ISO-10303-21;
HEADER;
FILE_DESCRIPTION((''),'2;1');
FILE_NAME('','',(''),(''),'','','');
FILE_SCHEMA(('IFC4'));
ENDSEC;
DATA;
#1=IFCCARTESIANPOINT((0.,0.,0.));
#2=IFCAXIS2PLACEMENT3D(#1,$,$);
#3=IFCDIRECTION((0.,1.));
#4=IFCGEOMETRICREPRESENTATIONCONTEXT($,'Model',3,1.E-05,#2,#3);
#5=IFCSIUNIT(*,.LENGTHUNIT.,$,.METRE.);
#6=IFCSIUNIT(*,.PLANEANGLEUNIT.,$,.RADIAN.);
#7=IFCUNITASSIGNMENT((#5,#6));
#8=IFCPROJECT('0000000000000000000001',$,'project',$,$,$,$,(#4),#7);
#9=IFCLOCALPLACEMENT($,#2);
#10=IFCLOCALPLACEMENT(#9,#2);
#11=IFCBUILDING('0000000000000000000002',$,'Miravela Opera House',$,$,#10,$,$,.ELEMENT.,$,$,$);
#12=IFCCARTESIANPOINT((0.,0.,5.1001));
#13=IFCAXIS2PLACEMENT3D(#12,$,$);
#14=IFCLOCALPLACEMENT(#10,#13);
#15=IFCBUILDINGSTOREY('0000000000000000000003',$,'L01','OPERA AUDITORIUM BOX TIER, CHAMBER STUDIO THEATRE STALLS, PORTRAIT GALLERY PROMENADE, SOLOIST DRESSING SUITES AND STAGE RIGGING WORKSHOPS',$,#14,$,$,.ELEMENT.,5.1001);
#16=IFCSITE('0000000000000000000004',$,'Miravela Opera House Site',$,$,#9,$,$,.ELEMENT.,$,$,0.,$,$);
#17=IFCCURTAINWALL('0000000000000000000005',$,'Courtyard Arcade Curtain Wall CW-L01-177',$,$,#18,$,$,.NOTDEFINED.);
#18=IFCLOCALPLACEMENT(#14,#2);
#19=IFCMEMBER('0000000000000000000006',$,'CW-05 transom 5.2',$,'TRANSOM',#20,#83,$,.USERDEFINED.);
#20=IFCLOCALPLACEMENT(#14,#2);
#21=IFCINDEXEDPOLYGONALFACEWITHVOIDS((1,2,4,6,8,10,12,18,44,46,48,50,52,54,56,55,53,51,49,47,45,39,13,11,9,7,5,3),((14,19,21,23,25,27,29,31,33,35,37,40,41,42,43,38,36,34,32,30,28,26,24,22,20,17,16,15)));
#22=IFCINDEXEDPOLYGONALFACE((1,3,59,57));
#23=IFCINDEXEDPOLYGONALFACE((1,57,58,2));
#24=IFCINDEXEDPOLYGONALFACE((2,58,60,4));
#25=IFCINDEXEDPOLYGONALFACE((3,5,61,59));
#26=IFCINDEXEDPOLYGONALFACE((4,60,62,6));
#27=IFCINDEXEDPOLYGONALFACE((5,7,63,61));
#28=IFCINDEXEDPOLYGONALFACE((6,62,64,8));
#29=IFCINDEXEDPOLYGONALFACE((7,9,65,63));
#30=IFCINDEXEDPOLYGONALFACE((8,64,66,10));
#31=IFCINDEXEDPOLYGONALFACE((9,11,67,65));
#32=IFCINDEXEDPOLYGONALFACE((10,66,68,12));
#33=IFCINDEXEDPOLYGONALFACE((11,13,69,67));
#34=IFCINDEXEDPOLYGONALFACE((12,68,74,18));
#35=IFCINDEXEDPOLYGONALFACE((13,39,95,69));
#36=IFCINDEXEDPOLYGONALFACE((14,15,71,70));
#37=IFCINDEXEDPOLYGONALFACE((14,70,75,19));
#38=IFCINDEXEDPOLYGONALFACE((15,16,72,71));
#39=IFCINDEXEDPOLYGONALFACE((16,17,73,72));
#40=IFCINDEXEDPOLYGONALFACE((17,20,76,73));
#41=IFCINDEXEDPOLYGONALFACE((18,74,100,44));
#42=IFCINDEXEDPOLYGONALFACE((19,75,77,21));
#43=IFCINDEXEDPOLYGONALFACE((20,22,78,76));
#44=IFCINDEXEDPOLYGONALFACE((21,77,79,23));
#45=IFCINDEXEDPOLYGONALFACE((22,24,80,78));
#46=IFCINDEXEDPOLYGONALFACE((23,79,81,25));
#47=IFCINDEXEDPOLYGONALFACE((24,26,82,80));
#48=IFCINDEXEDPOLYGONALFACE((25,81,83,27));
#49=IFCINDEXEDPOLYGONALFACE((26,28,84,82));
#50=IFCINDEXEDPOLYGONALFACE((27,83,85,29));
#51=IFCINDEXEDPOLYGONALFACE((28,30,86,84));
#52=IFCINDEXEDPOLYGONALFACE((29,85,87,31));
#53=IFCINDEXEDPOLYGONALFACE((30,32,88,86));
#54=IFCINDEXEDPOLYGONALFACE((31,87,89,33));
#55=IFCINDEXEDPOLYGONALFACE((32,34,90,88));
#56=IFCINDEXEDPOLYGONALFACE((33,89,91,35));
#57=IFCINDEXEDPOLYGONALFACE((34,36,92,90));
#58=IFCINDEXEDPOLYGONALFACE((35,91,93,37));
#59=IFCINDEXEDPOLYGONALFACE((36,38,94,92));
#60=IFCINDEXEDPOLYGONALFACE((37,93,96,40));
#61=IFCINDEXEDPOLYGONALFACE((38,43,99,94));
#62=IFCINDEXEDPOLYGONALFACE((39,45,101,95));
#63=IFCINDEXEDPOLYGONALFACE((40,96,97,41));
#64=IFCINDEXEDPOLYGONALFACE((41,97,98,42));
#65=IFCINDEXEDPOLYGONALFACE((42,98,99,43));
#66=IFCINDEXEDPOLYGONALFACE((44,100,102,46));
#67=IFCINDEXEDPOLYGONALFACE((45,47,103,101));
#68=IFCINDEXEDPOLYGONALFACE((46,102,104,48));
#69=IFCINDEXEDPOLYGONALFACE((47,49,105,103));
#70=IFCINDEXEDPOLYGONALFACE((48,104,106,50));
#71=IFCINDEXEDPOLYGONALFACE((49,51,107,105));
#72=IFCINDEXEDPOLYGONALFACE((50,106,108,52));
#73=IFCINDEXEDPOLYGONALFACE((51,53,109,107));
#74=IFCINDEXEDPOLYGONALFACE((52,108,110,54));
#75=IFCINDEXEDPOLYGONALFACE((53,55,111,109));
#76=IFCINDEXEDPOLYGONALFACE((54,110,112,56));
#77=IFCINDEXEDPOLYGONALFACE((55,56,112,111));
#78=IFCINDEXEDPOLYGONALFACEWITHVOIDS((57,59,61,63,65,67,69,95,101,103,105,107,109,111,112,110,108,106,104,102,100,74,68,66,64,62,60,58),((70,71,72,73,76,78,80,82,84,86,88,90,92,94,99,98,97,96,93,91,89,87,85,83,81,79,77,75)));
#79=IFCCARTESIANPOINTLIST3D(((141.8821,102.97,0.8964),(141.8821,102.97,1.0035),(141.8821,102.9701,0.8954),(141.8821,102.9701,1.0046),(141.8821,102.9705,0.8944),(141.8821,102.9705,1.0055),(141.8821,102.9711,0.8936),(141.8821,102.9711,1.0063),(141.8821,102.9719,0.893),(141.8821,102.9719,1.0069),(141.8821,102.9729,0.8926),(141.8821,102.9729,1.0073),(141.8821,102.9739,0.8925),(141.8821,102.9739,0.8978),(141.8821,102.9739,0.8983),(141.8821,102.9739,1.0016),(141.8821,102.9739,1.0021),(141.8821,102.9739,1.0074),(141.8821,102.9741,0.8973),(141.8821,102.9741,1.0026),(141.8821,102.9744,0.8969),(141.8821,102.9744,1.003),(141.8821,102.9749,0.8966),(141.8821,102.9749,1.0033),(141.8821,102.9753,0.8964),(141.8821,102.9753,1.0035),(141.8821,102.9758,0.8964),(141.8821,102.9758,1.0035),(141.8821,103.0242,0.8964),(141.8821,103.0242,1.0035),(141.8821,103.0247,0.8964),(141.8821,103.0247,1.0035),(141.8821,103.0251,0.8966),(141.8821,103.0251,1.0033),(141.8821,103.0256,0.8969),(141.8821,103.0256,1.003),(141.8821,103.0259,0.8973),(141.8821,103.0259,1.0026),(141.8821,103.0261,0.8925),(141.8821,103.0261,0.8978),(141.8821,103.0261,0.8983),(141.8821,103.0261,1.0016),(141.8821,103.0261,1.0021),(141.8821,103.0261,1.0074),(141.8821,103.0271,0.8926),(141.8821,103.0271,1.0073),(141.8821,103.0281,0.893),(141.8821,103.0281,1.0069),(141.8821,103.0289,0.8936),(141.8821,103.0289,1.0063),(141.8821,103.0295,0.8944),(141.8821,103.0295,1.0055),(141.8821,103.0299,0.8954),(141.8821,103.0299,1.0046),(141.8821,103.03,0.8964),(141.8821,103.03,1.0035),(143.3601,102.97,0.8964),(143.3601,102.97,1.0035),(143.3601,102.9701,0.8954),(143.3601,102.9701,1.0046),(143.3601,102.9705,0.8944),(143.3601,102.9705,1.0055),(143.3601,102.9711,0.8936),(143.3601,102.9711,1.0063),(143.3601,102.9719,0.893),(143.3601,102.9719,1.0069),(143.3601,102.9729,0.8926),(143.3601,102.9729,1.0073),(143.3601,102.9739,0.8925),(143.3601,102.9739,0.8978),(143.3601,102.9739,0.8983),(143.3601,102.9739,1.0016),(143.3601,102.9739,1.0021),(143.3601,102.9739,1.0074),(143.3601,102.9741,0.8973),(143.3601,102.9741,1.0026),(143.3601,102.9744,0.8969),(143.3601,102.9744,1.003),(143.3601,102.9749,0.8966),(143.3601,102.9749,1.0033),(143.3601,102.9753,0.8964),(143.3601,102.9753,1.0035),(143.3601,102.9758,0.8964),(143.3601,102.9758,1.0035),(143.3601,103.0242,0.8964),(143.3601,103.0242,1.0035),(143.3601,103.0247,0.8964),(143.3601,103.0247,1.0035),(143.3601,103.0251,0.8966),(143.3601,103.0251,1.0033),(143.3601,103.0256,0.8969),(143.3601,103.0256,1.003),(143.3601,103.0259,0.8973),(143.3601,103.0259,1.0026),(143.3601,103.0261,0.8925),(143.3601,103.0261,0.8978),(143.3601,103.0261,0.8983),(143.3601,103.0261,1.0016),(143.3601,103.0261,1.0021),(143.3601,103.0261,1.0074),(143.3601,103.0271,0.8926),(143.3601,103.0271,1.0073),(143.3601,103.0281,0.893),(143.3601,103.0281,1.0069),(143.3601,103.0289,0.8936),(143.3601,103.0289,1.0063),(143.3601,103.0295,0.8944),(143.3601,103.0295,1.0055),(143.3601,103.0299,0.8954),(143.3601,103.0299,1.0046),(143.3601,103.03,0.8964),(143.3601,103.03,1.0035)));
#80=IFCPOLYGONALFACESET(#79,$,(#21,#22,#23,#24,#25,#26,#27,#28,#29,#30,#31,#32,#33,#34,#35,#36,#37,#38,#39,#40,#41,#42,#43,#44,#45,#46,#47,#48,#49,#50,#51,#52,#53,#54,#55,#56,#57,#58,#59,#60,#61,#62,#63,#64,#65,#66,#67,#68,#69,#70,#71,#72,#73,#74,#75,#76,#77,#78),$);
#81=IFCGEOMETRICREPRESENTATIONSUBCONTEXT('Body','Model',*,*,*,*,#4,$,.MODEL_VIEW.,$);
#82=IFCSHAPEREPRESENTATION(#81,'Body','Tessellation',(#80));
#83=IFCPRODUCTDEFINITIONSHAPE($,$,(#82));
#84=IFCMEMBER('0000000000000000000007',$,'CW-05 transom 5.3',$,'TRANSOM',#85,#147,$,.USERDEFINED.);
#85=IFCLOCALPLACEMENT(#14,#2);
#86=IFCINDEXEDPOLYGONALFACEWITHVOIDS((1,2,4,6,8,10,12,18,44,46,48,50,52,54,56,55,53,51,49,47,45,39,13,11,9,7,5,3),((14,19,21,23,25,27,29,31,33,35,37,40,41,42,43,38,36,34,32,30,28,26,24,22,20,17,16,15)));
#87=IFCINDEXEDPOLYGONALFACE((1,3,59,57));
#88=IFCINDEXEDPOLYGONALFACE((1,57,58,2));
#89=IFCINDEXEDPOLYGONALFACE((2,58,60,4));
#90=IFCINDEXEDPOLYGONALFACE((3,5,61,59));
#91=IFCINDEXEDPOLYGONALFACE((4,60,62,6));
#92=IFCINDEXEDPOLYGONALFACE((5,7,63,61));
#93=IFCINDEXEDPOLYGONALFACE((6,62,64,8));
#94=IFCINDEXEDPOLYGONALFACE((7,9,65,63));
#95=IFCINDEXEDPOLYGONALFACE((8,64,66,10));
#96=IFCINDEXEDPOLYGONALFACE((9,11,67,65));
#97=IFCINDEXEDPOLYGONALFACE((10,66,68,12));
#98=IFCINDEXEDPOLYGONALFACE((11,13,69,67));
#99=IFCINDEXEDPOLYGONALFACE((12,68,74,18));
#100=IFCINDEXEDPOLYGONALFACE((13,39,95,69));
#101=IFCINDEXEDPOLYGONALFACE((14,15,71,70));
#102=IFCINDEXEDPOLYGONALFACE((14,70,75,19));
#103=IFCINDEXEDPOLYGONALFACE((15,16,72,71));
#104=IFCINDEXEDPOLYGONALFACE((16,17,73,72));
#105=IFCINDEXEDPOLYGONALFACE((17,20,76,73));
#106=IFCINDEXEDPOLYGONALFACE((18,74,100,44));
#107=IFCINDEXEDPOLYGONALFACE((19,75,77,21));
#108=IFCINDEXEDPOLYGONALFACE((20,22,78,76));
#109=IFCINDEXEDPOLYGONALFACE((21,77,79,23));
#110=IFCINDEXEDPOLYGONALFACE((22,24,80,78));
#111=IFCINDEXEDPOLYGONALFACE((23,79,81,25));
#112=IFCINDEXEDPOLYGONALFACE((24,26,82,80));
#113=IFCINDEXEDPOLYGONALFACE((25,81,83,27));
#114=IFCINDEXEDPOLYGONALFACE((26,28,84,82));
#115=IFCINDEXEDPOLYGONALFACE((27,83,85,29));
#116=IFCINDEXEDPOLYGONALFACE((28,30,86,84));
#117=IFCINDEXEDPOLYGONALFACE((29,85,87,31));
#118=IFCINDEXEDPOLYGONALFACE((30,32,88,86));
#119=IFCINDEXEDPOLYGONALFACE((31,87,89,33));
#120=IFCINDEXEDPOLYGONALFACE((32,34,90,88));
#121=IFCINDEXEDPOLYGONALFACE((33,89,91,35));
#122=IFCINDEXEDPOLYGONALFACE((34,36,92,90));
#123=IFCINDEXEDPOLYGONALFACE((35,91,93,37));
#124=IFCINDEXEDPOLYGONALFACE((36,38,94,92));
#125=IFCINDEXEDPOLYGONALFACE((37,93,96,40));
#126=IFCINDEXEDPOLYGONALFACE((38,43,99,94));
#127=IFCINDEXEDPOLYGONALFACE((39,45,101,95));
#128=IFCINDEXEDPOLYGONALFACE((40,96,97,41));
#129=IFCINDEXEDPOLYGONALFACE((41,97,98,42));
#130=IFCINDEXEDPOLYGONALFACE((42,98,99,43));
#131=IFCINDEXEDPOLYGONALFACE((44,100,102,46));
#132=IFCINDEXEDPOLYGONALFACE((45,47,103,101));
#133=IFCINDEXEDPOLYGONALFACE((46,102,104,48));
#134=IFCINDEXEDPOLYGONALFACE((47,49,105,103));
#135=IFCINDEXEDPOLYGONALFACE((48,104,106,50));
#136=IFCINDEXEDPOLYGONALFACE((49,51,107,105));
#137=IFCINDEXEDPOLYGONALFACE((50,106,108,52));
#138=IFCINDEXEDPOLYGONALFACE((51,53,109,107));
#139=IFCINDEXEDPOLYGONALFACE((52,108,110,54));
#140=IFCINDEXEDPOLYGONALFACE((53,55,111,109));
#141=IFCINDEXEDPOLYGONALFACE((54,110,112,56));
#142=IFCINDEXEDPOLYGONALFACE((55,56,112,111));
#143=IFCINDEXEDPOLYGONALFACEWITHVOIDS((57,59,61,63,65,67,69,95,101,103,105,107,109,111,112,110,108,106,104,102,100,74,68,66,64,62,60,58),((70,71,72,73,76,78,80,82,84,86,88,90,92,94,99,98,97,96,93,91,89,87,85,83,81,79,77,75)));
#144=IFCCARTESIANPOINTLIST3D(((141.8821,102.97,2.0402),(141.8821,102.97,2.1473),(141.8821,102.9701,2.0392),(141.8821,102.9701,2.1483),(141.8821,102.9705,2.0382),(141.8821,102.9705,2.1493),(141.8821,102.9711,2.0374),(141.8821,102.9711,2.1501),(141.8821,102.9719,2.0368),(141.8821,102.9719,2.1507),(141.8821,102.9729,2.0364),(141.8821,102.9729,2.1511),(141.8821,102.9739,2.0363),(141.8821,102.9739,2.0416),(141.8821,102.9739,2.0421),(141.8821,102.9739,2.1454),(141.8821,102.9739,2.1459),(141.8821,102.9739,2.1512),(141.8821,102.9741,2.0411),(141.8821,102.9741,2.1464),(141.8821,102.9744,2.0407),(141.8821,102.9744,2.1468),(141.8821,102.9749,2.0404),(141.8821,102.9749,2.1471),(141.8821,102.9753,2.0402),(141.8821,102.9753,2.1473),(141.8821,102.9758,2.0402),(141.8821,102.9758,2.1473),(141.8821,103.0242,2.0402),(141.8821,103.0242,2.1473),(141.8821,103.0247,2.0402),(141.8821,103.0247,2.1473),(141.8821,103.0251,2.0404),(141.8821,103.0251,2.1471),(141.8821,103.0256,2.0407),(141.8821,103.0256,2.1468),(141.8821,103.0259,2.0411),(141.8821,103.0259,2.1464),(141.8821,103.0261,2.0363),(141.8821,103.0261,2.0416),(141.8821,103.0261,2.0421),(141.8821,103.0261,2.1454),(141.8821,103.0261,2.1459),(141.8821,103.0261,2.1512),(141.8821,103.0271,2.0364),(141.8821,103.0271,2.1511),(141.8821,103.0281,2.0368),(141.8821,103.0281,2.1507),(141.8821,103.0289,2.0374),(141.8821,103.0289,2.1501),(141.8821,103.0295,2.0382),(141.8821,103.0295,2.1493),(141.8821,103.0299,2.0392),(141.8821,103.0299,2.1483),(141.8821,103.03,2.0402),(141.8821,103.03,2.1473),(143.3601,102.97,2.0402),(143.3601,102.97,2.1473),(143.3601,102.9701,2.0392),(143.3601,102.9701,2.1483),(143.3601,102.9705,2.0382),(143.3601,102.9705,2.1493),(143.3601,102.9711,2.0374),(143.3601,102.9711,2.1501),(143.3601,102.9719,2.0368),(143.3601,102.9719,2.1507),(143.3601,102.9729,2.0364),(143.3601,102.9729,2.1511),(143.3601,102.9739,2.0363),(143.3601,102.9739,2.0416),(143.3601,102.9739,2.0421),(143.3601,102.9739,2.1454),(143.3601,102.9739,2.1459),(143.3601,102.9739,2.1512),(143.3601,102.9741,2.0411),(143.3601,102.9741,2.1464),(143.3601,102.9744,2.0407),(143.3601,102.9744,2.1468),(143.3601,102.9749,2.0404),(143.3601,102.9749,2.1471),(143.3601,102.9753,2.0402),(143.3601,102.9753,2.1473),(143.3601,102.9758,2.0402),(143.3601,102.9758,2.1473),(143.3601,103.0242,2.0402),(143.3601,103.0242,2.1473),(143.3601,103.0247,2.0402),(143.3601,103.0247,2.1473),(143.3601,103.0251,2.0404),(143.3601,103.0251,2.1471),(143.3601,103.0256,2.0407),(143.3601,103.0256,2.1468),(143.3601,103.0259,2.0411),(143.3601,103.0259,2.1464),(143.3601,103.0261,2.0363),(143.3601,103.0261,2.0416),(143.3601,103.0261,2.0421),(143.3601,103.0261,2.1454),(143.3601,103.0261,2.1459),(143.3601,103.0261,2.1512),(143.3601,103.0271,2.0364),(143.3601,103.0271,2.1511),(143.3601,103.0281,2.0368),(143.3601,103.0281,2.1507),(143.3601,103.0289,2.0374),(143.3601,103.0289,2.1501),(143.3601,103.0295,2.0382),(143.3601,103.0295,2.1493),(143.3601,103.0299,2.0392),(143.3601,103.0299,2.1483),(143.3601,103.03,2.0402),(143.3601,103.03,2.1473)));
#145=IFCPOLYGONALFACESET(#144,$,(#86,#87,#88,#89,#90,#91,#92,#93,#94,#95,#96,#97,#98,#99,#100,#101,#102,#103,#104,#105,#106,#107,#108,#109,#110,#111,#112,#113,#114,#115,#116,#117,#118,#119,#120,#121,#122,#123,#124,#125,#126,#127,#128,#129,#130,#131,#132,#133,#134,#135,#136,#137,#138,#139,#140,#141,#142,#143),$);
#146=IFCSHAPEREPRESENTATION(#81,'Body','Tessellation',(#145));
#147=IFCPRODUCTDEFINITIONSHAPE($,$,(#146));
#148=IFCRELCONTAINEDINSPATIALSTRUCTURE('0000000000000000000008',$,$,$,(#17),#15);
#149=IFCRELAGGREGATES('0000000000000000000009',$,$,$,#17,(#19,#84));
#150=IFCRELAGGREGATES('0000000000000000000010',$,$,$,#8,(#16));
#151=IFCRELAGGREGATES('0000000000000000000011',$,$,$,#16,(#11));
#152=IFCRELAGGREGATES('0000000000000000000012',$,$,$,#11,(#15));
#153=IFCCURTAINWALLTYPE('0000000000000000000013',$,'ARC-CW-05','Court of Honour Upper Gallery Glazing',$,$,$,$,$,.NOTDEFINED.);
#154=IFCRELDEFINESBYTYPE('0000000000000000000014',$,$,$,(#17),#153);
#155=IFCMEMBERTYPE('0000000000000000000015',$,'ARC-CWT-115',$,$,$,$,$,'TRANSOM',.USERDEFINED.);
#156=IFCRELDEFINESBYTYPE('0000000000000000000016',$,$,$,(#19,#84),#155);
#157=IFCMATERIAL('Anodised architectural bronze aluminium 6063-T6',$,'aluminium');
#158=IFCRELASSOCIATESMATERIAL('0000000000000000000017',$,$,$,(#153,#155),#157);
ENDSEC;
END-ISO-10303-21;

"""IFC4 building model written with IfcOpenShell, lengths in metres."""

from ifc_helpers import new_model, si_unit, direction, frame, origin, origin_2d, place, context, subcontext, project, spatial, hollow_rectangle, extrude, material, material_profile, profile_set, type_object, element, aggregate, save


model = new_model("IFC4")

# Units and contexts
model_context = context("Model", 3, precision=1e-05, world=origin(), true_north=direction((0.0, 1.0)))
body_context = subcontext(model_context, "Body", "Model", "MODEL_VIEW")
ifc_project = project(units=[si_unit("LENGTHUNIT", "METRE"), si_unit("PLANEANGLEUNIT", "RADIAN")], contexts=[model_context])

# Site, building, storey
site_placement = place(None, origin())
site = spatial("IfcSite", under=ifc_project, at=site_placement, Name="Miravela Opera House Site", CompositionType="ELEMENT", RefElevation=0.0)
building_placement = place(site_placement, origin())
building = spatial("IfcBuilding", under=site, at=building_placement, Name="Miravela Opera House", CompositionType="ELEMENT")
storey_placement = place(building_placement, frame((0.0, 0.0, 5.1001)))
storey = spatial("IfcBuildingStorey", under=building, at=storey_placement, Name="L01", Description="OPERA AUDITORIUM BOX TIER, CHAMBER STUDIO THEATRE STALLS, PORTRAIT GALLERY PROMENADE, SOLOIST DRESSING SUITES AND STAGE RIGGING WORKSHOPS", CompositionType="ELEMENT", Elevation=5.1001)

# Curtain wall, members
ifc_material_1 = material(Name="Anodised architectural bronze aluminium 6063-T6", Category="aluminium")
curtain_wall_type = type_object("IfcCurtainWallType", Name="ARC-CW-05", Description="Court of Honour Upper Gallery Glazing", PredefinedType="NOTDEFINED", material=ifc_material_1)
curtain_wall_placement = place(storey_placement, origin())
curtain_wall = element("IfcCurtainWall", 1, at=curtain_wall_placement, inside=storey, type_object=curtain_wall_type, Name="Courtyard Arcade Curtain Wall CW-L01-177", PredefinedType="NOTDEFINED")
ifc_material_profile_1 = material_profile(ifc_material_1, hollow_rectangle(XDim=0.0601, YDim=0.115, WallThickness=0.0039, InnerFilletRadius=0.002, OuterFilletRadius=0.0039, at=origin_2d()), Name="CWT-60X115")
ifc_profile_set_1 = profile_set([ifc_material_profile_1])
member_type_1 = type_object("IfcMemberType", Name="ARC-CWT-115", ElementType="TRANSOM", PredefinedType="USERDEFINED", material=ifc_profile_set_1)
member_1_placement = place(storey_placement, frame((141.8821, 103.0, 0.95), z_axis=(1.0, 0.0, 0.0), x_axis=(0.0, 1.0, 0.0)))
member_1 = element("IfcMember", 2, at=member_1_placement, type_object=member_type_1, Name="CW-05 transom 5.2", ObjectType="TRANSOM", PredefinedType="USERDEFINED", context=body_context, shape_type="SweptSolid", body=[
    extrude(hollow_rectangle(XDim=0.0601, YDim=0.115, WallThickness=0.0039, InnerFilletRadius=0.002, OuterFilletRadius=0.0039, at=origin_2d()), origin(), (0.0, 0.0, 1.0), 1.478),
])
member_2_placement = place(storey_placement, frame((141.8821, 103.0, 2.0938), z_axis=(1.0, 0.0, 0.0), x_axis=(0.0, 1.0, 0.0)))
member_2 = element("IfcMember", 3, at=member_2_placement, type_object=member_type_1, Name="CW-05 transom 5.3", ObjectType="TRANSOM", PredefinedType="USERDEFINED", context=body_context, shape_type="SweptSolid", body=[
    extrude(hollow_rectangle(XDim=0.0601, YDim=0.115, WallThickness=0.0039, InnerFilletRadius=0.002, OuterFilletRadius=0.0039, at=origin_2d()), origin(), (0.0, 0.0, 1.0), 1.478),
])

aggregate(curtain_wall, [member_1, member_2])

save(model, "model.ifc")
